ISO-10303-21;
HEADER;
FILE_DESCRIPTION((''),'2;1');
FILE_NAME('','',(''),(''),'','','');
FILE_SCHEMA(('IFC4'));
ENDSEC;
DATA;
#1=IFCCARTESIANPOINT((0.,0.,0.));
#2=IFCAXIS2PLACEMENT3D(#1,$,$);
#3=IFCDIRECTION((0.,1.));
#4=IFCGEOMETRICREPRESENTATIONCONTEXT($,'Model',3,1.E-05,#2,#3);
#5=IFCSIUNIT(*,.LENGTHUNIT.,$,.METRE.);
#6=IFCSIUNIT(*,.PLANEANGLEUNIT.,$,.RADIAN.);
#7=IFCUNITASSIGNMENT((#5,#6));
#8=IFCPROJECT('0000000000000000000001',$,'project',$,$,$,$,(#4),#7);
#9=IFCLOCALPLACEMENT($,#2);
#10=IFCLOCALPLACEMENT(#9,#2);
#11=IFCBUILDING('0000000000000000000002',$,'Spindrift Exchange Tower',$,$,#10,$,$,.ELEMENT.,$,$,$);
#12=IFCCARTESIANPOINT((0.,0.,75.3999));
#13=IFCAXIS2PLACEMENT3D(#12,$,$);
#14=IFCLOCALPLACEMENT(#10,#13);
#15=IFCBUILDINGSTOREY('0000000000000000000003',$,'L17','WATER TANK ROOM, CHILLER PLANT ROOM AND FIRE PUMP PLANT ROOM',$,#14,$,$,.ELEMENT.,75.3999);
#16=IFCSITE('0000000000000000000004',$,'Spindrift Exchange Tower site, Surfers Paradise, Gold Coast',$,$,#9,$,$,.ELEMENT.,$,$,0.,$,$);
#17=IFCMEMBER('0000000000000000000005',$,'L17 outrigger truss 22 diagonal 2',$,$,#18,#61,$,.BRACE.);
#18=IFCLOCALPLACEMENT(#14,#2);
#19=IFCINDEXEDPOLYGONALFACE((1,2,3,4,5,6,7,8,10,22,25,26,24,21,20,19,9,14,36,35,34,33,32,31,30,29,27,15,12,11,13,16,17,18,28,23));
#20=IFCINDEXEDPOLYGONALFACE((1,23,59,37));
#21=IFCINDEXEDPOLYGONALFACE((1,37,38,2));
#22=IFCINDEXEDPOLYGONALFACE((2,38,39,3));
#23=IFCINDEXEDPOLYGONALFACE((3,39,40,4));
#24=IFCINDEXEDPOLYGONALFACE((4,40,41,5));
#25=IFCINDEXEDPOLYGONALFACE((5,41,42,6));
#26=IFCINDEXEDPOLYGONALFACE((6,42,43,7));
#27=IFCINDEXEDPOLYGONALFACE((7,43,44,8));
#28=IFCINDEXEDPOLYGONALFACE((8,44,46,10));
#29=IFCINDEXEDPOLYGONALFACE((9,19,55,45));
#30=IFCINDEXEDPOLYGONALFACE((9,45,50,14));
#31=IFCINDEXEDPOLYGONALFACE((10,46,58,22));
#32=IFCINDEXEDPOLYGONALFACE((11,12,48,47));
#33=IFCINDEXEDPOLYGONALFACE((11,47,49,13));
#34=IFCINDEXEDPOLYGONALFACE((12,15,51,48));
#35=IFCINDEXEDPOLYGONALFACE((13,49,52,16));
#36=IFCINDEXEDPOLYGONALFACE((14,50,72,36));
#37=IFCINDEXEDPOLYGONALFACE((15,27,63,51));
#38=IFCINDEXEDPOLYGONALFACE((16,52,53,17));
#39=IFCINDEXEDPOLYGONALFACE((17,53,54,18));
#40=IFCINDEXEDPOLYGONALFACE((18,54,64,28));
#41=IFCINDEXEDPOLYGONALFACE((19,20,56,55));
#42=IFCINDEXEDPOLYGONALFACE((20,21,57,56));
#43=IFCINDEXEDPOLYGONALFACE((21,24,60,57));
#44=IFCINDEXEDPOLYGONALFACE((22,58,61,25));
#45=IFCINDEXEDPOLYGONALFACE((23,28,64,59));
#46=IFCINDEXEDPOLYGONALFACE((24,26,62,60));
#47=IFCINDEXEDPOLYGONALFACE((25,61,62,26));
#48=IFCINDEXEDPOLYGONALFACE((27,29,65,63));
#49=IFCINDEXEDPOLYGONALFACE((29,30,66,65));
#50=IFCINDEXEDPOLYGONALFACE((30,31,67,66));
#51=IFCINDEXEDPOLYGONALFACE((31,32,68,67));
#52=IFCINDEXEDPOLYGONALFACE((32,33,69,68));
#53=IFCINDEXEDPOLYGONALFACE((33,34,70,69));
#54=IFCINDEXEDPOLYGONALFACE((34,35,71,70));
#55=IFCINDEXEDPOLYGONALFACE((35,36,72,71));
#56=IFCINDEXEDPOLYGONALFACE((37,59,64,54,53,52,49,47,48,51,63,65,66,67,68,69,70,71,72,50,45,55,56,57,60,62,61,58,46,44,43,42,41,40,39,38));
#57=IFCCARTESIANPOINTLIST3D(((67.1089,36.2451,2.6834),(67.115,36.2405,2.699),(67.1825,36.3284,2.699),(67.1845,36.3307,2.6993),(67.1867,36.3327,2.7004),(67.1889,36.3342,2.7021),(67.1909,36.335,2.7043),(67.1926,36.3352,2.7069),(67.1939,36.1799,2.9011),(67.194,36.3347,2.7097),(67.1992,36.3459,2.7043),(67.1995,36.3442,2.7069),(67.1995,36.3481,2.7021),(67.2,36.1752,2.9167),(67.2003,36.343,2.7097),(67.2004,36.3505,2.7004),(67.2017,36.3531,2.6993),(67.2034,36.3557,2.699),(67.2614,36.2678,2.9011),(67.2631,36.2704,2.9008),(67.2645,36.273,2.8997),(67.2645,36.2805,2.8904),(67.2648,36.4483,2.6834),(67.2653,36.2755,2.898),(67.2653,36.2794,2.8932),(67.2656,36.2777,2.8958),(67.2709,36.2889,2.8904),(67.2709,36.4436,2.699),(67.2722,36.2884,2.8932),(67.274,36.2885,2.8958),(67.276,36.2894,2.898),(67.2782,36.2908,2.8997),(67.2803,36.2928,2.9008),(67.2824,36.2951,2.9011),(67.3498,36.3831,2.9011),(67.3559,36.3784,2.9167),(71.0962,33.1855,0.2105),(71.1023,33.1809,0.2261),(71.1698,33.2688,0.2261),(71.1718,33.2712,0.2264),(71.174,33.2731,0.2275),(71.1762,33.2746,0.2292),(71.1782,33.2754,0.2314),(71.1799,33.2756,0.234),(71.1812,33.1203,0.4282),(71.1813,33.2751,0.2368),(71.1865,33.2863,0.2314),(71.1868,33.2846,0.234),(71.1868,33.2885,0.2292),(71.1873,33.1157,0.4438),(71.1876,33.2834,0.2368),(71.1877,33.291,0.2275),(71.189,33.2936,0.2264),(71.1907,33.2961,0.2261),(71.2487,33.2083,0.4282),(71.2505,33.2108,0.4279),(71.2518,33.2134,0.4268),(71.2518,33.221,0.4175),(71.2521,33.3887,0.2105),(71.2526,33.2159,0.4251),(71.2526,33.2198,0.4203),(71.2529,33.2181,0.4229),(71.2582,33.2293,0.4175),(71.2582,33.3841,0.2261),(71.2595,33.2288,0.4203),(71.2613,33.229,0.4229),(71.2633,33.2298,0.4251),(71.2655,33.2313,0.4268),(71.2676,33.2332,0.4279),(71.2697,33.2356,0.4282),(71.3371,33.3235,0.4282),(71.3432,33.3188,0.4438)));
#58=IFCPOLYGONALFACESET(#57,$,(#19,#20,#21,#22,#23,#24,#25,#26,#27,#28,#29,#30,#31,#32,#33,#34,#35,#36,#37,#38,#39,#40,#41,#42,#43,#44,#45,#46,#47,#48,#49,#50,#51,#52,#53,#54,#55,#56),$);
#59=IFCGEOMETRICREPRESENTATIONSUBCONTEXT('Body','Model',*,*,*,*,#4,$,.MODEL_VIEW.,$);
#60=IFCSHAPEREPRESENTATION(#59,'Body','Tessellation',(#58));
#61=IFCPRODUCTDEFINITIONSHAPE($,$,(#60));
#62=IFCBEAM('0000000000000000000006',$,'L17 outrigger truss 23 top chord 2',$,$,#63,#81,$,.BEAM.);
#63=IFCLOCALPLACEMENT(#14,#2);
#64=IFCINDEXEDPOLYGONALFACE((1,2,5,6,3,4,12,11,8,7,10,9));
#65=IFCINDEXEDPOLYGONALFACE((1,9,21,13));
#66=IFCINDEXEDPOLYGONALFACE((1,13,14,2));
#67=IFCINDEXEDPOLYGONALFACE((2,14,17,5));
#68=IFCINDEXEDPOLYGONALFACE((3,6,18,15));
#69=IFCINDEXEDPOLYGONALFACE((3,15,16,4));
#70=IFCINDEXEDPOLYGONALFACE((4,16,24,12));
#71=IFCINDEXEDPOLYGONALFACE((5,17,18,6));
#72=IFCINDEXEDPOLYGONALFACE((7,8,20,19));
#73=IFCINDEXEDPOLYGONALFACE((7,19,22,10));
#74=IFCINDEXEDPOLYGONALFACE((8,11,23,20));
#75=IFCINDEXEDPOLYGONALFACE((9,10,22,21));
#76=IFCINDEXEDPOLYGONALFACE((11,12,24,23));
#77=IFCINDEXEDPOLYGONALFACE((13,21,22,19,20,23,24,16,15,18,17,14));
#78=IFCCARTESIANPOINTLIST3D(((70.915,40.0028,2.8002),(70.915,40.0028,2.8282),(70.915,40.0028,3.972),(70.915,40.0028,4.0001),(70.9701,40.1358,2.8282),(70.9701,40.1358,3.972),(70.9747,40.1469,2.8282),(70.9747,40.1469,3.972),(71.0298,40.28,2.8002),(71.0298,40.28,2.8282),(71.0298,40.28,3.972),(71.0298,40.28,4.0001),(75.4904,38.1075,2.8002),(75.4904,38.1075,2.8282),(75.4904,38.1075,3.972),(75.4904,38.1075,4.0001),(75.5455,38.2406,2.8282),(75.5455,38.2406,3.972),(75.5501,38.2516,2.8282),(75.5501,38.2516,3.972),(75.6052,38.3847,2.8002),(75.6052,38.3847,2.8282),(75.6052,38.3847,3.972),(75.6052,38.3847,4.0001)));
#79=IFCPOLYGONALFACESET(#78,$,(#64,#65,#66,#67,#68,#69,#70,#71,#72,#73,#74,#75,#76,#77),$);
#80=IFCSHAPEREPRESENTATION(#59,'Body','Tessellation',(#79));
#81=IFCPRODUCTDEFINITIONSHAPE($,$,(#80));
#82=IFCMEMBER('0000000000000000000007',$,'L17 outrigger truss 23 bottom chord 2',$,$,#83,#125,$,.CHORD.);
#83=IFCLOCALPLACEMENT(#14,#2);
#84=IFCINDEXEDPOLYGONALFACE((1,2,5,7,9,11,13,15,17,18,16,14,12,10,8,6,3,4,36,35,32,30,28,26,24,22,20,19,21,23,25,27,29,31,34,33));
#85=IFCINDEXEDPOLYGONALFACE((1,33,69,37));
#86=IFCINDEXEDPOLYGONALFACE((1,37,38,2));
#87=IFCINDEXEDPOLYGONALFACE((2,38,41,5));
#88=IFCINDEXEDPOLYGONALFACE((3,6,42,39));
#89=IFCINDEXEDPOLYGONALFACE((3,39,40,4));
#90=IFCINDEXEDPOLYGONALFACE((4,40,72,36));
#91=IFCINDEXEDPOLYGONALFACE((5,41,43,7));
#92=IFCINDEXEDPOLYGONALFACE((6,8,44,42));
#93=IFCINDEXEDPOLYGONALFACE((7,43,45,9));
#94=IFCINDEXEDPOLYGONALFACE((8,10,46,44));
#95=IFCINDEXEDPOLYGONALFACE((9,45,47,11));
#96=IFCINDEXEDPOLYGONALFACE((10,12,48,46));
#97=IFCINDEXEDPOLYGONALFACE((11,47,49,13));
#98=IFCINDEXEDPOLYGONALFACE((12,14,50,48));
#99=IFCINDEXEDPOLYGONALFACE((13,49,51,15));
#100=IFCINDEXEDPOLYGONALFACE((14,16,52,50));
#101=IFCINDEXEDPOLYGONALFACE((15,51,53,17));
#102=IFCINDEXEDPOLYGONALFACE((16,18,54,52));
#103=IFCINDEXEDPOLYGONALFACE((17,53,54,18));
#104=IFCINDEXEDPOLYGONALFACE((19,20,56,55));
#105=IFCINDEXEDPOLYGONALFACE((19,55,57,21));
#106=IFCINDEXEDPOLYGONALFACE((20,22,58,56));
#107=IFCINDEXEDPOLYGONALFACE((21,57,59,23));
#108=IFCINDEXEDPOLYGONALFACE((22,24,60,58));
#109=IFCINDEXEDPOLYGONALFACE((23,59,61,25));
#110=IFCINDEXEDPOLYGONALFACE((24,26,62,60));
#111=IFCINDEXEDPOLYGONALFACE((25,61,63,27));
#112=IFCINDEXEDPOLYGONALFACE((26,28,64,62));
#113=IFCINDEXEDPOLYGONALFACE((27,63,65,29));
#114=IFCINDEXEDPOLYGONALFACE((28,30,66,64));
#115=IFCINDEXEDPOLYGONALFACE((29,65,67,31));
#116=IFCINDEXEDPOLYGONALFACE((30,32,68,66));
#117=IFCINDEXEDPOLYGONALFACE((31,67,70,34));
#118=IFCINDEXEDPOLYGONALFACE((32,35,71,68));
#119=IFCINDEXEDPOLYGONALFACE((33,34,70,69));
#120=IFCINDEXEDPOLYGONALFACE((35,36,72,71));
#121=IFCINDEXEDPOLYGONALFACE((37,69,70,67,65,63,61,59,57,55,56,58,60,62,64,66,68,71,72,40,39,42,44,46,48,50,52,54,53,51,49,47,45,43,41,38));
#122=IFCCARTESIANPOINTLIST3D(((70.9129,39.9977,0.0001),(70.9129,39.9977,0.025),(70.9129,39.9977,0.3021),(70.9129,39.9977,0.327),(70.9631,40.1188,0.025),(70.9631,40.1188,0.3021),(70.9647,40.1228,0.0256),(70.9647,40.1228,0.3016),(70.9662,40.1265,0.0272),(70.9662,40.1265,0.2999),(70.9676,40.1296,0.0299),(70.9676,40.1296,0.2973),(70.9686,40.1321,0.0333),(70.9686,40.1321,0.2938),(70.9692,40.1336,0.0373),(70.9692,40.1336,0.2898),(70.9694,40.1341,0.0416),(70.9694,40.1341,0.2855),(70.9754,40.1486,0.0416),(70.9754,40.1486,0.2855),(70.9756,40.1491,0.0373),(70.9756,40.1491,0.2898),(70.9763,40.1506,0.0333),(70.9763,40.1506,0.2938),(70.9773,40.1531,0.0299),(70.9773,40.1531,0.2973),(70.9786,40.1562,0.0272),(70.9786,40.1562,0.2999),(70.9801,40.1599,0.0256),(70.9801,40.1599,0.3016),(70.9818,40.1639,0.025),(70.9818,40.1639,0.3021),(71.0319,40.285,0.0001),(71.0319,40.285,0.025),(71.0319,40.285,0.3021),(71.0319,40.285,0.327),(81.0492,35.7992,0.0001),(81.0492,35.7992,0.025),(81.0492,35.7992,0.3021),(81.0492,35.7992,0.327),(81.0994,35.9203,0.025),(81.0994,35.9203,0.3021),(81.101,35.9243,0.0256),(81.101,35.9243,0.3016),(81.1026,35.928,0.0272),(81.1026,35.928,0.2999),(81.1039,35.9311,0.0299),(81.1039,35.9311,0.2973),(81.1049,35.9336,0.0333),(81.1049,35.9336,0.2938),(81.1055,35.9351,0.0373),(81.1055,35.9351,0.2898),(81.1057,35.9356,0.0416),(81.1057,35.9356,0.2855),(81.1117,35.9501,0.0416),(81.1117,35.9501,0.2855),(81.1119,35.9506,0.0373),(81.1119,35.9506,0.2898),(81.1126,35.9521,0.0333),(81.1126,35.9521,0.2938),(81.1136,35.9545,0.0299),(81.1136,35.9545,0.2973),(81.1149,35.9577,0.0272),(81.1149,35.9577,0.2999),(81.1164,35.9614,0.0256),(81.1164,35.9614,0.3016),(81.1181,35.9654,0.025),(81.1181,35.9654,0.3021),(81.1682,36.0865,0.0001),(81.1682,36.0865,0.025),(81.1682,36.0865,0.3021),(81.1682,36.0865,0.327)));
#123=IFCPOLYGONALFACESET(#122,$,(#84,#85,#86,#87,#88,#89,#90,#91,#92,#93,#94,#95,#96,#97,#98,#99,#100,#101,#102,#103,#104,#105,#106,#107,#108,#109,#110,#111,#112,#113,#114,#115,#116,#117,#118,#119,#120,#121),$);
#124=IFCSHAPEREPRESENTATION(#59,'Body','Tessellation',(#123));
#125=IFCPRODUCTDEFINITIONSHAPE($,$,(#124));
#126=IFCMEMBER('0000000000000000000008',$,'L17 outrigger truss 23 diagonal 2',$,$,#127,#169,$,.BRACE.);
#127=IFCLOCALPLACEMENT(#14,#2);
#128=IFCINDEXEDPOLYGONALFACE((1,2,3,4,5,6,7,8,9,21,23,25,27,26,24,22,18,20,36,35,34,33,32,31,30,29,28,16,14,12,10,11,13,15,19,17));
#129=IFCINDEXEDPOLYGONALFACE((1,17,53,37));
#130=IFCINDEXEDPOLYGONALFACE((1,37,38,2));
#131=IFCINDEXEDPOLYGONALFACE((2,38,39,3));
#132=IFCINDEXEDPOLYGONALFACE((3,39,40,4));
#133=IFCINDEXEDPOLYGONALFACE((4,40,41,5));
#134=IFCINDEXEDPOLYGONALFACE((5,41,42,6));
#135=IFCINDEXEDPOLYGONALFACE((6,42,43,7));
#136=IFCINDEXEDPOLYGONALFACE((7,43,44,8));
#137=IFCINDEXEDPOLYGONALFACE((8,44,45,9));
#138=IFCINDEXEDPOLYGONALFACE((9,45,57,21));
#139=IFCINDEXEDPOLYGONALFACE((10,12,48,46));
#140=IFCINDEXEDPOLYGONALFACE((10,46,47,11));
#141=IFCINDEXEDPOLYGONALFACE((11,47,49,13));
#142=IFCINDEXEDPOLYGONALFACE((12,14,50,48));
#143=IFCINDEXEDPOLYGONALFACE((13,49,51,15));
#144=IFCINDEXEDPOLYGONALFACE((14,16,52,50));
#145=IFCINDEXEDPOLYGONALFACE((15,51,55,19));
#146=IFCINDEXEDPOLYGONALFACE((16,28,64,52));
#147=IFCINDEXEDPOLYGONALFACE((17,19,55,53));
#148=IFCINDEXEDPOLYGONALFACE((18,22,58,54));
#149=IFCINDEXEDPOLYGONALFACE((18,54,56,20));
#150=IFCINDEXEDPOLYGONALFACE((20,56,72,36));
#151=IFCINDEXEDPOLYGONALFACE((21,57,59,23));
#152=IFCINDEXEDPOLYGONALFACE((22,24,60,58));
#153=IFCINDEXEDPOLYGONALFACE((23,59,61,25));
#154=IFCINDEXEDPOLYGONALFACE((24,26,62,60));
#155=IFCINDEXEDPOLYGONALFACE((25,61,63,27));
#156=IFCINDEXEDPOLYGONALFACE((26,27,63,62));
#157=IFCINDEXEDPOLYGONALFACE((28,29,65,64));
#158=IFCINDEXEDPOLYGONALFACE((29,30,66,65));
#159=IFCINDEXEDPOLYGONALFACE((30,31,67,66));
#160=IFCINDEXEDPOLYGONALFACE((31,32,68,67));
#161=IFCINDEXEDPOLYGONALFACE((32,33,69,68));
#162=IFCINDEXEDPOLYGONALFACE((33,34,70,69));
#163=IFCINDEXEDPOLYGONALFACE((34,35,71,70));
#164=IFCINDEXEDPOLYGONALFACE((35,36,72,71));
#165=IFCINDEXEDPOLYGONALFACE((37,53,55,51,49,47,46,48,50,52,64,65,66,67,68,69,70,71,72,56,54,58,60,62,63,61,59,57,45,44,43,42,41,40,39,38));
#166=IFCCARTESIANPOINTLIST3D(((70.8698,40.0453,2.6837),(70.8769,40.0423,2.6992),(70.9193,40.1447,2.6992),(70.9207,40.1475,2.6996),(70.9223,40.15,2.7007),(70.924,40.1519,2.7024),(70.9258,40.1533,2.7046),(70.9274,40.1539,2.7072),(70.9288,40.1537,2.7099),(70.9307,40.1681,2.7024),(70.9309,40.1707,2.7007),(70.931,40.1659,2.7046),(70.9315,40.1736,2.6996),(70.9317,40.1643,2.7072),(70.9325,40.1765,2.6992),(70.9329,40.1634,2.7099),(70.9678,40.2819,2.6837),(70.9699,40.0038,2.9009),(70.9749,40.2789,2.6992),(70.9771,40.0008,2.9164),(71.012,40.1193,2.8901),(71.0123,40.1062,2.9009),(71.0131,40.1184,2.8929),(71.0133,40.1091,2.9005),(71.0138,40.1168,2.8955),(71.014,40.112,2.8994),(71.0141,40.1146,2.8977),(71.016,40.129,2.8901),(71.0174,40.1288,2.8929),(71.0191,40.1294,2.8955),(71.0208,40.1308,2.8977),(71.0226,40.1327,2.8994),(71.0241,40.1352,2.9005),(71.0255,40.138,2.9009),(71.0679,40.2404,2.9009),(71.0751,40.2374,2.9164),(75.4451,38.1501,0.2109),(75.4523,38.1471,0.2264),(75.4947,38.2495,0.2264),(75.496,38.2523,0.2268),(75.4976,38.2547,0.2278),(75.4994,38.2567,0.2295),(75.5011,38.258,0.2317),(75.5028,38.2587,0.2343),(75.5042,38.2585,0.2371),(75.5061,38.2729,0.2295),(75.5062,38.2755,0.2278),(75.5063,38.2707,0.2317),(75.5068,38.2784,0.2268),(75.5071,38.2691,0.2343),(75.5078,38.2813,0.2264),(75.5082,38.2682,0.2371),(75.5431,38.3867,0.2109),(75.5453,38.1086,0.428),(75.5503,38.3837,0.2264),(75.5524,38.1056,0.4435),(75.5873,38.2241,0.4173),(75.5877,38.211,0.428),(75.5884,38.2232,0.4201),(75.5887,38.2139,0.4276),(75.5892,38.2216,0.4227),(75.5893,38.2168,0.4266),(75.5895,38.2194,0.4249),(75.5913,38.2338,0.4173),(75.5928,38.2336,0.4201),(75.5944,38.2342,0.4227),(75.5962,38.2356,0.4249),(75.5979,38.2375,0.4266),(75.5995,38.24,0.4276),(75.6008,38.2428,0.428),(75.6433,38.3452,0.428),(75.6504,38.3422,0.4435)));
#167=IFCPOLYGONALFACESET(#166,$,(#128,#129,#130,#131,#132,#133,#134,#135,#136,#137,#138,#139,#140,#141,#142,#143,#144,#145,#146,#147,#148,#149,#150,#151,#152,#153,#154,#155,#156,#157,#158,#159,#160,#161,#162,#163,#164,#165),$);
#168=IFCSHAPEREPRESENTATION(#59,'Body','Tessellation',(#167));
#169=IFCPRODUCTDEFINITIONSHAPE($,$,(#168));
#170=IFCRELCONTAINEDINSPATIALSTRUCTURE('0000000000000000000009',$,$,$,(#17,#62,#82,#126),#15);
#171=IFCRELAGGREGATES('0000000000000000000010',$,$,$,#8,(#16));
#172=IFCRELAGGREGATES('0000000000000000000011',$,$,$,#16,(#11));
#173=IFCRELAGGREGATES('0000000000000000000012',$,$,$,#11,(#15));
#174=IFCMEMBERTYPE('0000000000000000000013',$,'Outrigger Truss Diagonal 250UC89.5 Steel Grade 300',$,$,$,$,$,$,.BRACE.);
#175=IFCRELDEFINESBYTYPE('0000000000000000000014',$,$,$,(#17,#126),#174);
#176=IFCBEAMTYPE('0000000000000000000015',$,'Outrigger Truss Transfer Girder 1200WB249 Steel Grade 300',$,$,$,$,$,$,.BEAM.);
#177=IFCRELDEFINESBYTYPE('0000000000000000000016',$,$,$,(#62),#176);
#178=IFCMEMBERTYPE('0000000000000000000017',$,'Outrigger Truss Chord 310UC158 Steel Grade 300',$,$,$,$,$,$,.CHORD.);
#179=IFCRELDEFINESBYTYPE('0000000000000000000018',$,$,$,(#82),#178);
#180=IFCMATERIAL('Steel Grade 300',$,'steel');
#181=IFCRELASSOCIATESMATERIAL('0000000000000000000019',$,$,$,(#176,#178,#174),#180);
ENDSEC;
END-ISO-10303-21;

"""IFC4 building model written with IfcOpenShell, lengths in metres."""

from ifc_helpers import new_model, si_unit, direction, frame, origin, origin_2d, place, context, subcontext, project, spatial, i_section, extrude, source, transform, mapped, material, material_profile, profile_set, type_object, element, save


model = new_model("IFC4")

# Units and contexts
model_context = context("Model", 3, precision=1e-05, world=origin(), true_north=direction((0.0, 1.0)))
body_context = subcontext(model_context, "Body", "Model", "MODEL_VIEW")
ifc_project = project(units=[si_unit("LENGTHUNIT", "METRE"), si_unit("PLANEANGLEUNIT", "RADIAN")], contexts=[model_context])

# Site, building, storey
site_placement = place(None, origin())
site = spatial("IfcSite", under=ifc_project, at=site_placement, Name="Spindrift Exchange Tower site, Surfers Paradise, Gold Coast", CompositionType="ELEMENT", RefElevation=0.0)
building_placement = place(site_placement, origin())
building = spatial("IfcBuilding", under=site, at=building_placement, Name="Spindrift Exchange Tower", CompositionType="ELEMENT")
storey_placement = place(building_placement, frame((0.0, 0.0, 75.3999)))
storey = spatial("IfcBuildingStorey", under=building, at=storey_placement, Name="L17", Description="WATER TANK ROOM, CHILLER PLANT ROOM AND FIRE PUMP PLANT ROOM", CompositionType="ELEMENT", Elevation=75.3999)

# Shared definitions
ifc_material_1 = material(Name="Steel Grade 300", Category="steel")

# Shared definitions
ifc_material_profile_1 = material_profile(ifc_material_1, i_section(OverallWidth=0.3, OverallDepth=1.2, WebThickness=0.012, FlangeThickness=0.0281, at=origin_2d()), Name="1200WB249")
ifc_profile_set_1 = profile_set([ifc_material_profile_1], Name="Steel Grade 300")
beam_type = type_object("IfcBeamType", Name="Outrigger Truss Transfer Girder 1200WB249 Steel Grade 300", PredefinedType="BEAM", material=ifc_profile_set_1)

# Member
ifc_material_profile_2 = material_profile(ifc_material_1, i_section(OverallWidth=0.311, OverallDepth=0.3269, WebThickness=0.0156, FlangeThickness=0.0249, FilletRadius=0.0166, at=origin_2d()), Name="310UC158")
ifc_profile_set_2 = profile_set([ifc_material_profile_2], Name="Steel Grade 300")
member_type_1 = type_object("IfcMemberType", Name="Outrigger Truss Chord 310UC158 Steel Grade 300", PredefinedType="CHORD", material=ifc_profile_set_2)
ifc_material_profile_3 = material_profile(ifc_material_1, i_section(OverallWidth=0.2561, OverallDepth=0.26, WebThickness=0.0105, FlangeThickness=0.0173, FilletRadius=0.012, at=origin_2d()), Name="250UC89.5")
ifc_profile_set_3 = profile_set([ifc_material_profile_3], Name="Steel Grade 300")
member_type_2 = type_object("IfcMemberType", Name="Outrigger Truss Diagonal 250UC89.5 Steel Grade 300", PredefinedType="BRACE", material=ifc_profile_set_3)
shared_shape_1 = source(origin(), body_context, "Body", "SweptSolid", [
    extrude(i_section(OverallWidth=0.2561, OverallDepth=0.26, WebThickness=0.0105, FlangeThickness=0.0173, FilletRadius=0.012, at=origin_2d()), origin(), (0.0, 0.0, 1.0), 5.6013),
])
member_1_placement = place(storey_placement, frame((67.2324, 36.3118, 2.8), z_axis=(0.711851, -0.546223, -0.441485), x_axis=(0.608762, 0.793353, 0.0)))
element("IfcMember", 1, at=member_1_placement, inside=storey, type_object=member_type_2, Name="L17 outrigger truss 22 diagonal 2", PredefinedType="BRACE", context=body_context, shape_type="MappedRepresentation", body=[
    mapped(shared_shape_1, transform((0.0, 0.0, 0.0), scale=1.0)),
])

# Beam
shared_shape_2 = source(origin(), body_context, "Body", "SweptSolid", [
    extrude(i_section(OverallWidth=0.3, OverallDepth=1.2, WebThickness=0.012, FlangeThickness=0.0281, at=origin_2d()), origin(), (0.0, 0.0, 1.0), 4.9524),
])
beam_1_placement = place(storey_placement, frame((70.9724, 40.1414, 3.4001), z_axis=(0.923876, -0.382693, 0.0), x_axis=(0.382693, 0.923876, 0.0)))
element("IfcBeam", 2, at=beam_1_placement, inside=storey, type_object=beam_type, Name="L17 outrigger truss 23 top chord 2", PredefinedType="BEAM", context=body_context, shape_type="MappedRepresentation", body=[
    mapped(shared_shape_2, transform((0.0, 0.0, 0.0), scale=1.0)),
])

# Members
shared_shape_3 = source(origin(), body_context, "Body", "SweptSolid", [
    extrude(i_section(OverallWidth=0.311, OverallDepth=0.3269, WebThickness=0.0156, FlangeThickness=0.0249, FilletRadius=0.0166, at=origin_2d()), origin(), (0.0, 0.0, 1.0), 10.9714),
])
member_2_placement = place(storey_placement, frame((70.9724, 40.1414, 0.1636), z_axis=(0.923882, -0.382677, 0.0), x_axis=(0.382677, 0.923882, 0.0)))
element("IfcMember", 3, at=member_2_placement, inside=storey, type_object=member_type_1, Name="L17 outrigger truss 23 bottom chord 2", PredefinedType="CHORD", context=body_context, shape_type="MappedRepresentation", body=[
    mapped(shared_shape_3, transform((0.0, 0.0, 0.0), scale=1.0)),
])
shared_shape_4 = source(origin(), body_context, "Body", "SweptSolid", [
    extrude(i_section(OverallWidth=0.2561, OverallDepth=0.26, WebThickness=0.0105, FlangeThickness=0.0173, FilletRadius=0.012, at=origin_2d()), origin(), (0.0, 0.0, 1.0), 5.5354),
])
member_3_placement = place(storey_placement, frame((70.9724, 40.1414, 2.8), z_axis=(0.826561, -0.342383, -0.446734), x_axis=(0.382693, 0.923876, 0.0)))
element("IfcMember", 4, at=member_3_placement, inside=storey, type_object=member_type_2, Name="L17 outrigger truss 23 diagonal 2", PredefinedType="BRACE", context=body_context, shape_type="MappedRepresentation", body=[
    mapped(shared_shape_4, transform((0.0, 0.0, 0.0), scale=1.0)),
])

save(model, "model.ifc")
